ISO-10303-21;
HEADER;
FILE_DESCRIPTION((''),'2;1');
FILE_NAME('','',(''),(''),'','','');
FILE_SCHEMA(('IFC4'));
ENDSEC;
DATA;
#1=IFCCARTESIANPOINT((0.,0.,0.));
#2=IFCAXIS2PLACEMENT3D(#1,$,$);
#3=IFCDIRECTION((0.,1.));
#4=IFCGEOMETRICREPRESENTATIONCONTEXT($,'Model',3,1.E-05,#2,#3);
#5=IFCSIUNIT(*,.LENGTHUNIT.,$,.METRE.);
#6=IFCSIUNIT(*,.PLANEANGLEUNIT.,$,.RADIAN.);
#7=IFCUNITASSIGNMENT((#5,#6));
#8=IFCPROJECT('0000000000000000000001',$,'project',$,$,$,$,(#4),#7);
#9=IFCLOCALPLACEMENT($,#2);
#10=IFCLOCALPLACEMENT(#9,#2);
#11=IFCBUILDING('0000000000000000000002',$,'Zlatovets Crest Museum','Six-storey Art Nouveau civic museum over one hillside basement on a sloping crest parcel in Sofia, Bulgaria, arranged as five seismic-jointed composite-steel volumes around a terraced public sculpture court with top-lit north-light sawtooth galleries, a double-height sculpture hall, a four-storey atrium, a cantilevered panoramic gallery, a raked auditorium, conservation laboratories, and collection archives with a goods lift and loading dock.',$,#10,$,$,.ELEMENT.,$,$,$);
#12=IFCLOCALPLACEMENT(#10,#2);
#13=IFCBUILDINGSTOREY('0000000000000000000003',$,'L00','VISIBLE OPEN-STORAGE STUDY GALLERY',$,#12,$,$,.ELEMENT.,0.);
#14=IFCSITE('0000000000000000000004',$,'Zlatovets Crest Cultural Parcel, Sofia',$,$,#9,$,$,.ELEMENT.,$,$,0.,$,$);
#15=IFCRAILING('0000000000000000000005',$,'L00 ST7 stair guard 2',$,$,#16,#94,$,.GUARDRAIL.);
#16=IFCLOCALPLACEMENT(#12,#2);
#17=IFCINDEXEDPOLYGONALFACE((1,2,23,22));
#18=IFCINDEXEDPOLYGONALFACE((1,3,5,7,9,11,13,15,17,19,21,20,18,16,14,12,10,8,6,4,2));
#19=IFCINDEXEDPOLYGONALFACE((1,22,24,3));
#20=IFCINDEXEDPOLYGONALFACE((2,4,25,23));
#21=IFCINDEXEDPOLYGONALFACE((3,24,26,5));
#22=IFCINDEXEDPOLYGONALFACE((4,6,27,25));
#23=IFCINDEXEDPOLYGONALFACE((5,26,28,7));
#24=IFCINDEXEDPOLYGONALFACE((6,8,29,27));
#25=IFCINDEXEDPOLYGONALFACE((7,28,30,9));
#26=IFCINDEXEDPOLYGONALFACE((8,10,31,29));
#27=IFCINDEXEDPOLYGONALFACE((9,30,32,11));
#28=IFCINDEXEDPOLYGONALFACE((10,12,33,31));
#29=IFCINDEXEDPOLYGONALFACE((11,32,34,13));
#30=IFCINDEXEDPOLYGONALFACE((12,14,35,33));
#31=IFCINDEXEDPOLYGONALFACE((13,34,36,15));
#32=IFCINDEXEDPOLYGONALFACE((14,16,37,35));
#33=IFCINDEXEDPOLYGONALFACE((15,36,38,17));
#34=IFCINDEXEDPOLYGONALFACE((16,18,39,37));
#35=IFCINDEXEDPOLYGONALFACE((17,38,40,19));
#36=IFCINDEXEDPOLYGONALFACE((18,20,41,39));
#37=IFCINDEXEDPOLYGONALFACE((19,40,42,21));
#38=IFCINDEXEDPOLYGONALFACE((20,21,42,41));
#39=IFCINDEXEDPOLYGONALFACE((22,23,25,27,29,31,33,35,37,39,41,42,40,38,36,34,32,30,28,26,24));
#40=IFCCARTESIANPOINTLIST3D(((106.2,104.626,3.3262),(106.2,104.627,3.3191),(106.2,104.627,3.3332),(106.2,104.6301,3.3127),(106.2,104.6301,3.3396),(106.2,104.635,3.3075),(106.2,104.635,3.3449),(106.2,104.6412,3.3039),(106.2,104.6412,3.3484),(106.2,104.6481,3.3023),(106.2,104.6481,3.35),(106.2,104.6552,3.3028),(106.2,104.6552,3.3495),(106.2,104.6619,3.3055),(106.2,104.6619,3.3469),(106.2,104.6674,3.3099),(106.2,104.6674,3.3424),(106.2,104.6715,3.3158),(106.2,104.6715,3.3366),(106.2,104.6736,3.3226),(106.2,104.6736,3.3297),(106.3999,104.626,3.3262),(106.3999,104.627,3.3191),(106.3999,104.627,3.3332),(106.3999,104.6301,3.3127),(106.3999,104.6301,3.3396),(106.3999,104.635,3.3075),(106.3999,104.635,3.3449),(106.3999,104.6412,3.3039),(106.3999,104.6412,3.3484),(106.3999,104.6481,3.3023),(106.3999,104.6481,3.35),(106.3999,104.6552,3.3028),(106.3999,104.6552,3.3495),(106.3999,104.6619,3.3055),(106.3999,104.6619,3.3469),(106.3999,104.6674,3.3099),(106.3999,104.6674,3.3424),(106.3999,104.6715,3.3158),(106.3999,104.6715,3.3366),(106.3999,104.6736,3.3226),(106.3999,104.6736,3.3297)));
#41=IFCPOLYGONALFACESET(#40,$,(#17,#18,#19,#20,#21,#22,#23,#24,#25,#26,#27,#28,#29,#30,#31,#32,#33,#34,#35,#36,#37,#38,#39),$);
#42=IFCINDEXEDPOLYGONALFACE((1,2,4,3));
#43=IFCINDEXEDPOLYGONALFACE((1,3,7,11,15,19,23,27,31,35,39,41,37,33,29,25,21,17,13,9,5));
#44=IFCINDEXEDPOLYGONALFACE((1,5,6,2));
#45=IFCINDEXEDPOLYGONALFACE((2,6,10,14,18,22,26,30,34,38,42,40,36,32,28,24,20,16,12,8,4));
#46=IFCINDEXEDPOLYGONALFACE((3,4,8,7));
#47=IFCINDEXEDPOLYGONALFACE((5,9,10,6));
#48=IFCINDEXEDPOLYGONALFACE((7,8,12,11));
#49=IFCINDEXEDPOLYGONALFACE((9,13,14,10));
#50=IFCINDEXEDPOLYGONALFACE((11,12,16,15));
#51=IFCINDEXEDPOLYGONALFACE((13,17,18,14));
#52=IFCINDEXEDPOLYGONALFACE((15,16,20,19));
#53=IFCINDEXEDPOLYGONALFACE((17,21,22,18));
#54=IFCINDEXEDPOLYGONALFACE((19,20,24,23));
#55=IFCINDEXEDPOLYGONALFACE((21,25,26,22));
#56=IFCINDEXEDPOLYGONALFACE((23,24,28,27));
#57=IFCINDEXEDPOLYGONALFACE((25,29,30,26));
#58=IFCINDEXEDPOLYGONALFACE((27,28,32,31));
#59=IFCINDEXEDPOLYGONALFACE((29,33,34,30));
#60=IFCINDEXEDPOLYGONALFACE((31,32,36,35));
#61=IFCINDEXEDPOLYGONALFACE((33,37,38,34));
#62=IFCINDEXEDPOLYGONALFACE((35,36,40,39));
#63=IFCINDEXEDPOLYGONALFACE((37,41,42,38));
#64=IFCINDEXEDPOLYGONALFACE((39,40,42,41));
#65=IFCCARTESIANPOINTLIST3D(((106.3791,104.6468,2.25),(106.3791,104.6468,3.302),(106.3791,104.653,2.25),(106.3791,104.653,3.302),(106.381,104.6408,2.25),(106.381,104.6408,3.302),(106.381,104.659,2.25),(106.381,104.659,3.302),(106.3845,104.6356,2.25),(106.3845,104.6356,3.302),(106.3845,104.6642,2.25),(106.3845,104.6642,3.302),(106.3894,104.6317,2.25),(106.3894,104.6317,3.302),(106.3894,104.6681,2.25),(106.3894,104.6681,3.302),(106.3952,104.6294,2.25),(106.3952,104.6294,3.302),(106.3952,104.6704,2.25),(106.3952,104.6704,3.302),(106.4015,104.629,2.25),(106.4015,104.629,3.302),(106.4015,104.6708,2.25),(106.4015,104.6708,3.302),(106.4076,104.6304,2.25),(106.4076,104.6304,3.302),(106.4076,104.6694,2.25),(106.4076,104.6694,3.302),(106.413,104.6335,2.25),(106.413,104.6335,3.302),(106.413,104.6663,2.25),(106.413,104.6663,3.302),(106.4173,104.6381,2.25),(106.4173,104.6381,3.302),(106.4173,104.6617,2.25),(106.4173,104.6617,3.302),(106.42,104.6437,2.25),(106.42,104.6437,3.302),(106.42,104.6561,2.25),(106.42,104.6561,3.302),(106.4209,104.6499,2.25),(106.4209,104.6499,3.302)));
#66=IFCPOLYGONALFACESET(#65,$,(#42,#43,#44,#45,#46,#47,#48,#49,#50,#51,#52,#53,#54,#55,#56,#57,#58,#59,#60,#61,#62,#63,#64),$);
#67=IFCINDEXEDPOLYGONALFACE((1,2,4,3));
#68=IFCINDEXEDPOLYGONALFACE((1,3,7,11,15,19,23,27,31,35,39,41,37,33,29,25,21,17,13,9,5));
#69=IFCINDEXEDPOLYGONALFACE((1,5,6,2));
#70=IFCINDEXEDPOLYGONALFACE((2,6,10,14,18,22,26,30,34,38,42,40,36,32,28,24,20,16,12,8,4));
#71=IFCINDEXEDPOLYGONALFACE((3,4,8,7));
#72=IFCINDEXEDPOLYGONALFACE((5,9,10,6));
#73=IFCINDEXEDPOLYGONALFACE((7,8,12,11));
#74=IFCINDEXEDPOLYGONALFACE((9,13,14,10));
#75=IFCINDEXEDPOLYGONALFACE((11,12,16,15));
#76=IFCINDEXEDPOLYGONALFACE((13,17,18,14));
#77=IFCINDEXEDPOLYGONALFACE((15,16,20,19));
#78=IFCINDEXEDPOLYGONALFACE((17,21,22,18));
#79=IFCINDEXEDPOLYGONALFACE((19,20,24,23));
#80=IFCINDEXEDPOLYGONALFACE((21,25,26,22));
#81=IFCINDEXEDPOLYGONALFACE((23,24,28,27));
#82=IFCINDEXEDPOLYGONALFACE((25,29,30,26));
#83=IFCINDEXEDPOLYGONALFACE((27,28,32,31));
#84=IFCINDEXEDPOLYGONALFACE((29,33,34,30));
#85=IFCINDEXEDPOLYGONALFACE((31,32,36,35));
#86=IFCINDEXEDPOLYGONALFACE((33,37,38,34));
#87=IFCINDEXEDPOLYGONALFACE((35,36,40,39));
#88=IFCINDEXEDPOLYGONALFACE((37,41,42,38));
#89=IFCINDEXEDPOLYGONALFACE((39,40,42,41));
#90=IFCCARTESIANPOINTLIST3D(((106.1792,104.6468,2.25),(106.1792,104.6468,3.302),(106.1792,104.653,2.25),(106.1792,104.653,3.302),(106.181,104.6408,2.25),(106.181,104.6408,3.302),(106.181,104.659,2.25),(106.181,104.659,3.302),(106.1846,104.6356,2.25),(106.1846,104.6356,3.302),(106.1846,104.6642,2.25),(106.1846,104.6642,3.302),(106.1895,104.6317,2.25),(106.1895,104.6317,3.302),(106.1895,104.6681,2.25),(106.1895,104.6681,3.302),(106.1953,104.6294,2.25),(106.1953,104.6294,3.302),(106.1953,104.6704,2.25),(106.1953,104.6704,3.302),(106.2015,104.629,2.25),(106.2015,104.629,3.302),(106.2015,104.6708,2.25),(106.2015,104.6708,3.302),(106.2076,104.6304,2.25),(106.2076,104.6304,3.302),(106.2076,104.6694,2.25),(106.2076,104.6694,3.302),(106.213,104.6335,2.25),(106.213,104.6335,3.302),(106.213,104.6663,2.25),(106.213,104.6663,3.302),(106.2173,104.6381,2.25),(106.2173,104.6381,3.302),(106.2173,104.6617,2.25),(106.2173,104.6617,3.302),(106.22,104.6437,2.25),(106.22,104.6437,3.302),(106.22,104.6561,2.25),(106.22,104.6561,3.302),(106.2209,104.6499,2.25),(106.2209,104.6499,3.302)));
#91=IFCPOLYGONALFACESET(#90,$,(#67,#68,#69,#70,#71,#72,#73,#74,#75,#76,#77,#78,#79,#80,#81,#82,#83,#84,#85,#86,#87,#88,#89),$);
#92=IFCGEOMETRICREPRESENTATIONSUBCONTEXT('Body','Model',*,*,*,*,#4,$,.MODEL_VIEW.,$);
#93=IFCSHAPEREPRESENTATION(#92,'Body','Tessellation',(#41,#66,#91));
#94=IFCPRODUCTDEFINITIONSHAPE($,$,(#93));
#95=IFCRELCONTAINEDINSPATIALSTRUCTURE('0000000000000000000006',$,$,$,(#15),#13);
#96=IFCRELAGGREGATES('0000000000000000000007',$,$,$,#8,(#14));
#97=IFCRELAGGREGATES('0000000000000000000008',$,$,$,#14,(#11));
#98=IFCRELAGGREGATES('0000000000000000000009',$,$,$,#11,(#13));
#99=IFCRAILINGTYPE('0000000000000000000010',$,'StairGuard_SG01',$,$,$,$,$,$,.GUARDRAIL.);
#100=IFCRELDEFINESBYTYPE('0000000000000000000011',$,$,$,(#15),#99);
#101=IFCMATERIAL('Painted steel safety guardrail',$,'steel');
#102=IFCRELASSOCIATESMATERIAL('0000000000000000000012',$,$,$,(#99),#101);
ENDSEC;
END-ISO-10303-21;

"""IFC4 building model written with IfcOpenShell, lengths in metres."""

from ifc_helpers import new_model, si_unit, direction, frame, origin, origin_2d, place, context, subcontext, project, spatial, circle, extrude, material, type_object, element, save


model = new_model("IFC4")

# Units and contexts
model_context = context("Model", 3, precision=1e-05, world=origin(), true_north=direction((0.0, 1.0)))
body_context = subcontext(model_context, "Body", "Model", "MODEL_VIEW")
ifc_project = project(units=[si_unit("LENGTHUNIT", "METRE"), si_unit("PLANEANGLEUNIT", "RADIAN")], contexts=[model_context])

# Site, building, storey
site_placement = place(None, origin())
site = spatial("IfcSite", under=ifc_project, at=site_placement, Name="Zlatovets Crest Cultural Parcel, Sofia", CompositionType="ELEMENT", RefElevation=0.0)
building_placement = place(site_placement, origin())
building = spatial("IfcBuilding", under=site, at=building_placement, Name="Zlatovets Crest Museum", Description="Six-storey Art Nouveau civic museum over one hillside basement on a sloping crest parcel in Sofia, Bulgaria, arranged as five seismic-jointed composite-steel volumes around a terraced public sculpture court with top-lit north-light sawtooth galleries, a double-height sculpture hall, a four-storey atrium, a cantilevered panoramic gallery, a raked auditorium, conservation laboratories, and collection archives with a goods lift and loading dock.", CompositionType="ELEMENT")
storey_placement = place(building_placement, origin())
storey = spatial("IfcBuildingStorey", under=building, at=storey_placement, Name="L00", Description="VISIBLE OPEN-STORAGE STUDY GALLERY", CompositionType="ELEMENT", Elevation=0.0)

# Railing
ifc_material_1 = material(Name="Painted steel safety guardrail", Category="steel")
railing_type_1 = type_object("IfcRailingType", Name="StairGuard_SG01", PredefinedType="GUARDRAIL", material=ifc_material_1)
railing_1_placement = place(storey_placement, frame((106.3999, 104.6499, 2.25)))
element("IfcRailing", 1, at=railing_1_placement, inside=storey, type_object=railing_type_1, Name="L00 ST7 stair guard 2", PredefinedType="GUARDRAIL", context=body_context, shape_type="SweptSolid", body=[
    extrude(circle(Radius=0.0239, at=origin_2d()), frame((0.0, 0.0, 1.0762), z_axis=(-1.0, 0.0, 0.0), x_axis=(0.0, -1.0, 0.0)), (0.0, 0.0, 1.0), 0.2),
    extrude(circle(Radius=0.021, at=origin_2d()), origin(), (0.0, 0.0, 1.0), 1.052),
    extrude(circle(Radius=0.021, at=origin_2d()), frame((-0.2, 0.0, 0.0)), (0.0, 0.0, 1.0), 1.052),
])

save(model, "model.ifc")
